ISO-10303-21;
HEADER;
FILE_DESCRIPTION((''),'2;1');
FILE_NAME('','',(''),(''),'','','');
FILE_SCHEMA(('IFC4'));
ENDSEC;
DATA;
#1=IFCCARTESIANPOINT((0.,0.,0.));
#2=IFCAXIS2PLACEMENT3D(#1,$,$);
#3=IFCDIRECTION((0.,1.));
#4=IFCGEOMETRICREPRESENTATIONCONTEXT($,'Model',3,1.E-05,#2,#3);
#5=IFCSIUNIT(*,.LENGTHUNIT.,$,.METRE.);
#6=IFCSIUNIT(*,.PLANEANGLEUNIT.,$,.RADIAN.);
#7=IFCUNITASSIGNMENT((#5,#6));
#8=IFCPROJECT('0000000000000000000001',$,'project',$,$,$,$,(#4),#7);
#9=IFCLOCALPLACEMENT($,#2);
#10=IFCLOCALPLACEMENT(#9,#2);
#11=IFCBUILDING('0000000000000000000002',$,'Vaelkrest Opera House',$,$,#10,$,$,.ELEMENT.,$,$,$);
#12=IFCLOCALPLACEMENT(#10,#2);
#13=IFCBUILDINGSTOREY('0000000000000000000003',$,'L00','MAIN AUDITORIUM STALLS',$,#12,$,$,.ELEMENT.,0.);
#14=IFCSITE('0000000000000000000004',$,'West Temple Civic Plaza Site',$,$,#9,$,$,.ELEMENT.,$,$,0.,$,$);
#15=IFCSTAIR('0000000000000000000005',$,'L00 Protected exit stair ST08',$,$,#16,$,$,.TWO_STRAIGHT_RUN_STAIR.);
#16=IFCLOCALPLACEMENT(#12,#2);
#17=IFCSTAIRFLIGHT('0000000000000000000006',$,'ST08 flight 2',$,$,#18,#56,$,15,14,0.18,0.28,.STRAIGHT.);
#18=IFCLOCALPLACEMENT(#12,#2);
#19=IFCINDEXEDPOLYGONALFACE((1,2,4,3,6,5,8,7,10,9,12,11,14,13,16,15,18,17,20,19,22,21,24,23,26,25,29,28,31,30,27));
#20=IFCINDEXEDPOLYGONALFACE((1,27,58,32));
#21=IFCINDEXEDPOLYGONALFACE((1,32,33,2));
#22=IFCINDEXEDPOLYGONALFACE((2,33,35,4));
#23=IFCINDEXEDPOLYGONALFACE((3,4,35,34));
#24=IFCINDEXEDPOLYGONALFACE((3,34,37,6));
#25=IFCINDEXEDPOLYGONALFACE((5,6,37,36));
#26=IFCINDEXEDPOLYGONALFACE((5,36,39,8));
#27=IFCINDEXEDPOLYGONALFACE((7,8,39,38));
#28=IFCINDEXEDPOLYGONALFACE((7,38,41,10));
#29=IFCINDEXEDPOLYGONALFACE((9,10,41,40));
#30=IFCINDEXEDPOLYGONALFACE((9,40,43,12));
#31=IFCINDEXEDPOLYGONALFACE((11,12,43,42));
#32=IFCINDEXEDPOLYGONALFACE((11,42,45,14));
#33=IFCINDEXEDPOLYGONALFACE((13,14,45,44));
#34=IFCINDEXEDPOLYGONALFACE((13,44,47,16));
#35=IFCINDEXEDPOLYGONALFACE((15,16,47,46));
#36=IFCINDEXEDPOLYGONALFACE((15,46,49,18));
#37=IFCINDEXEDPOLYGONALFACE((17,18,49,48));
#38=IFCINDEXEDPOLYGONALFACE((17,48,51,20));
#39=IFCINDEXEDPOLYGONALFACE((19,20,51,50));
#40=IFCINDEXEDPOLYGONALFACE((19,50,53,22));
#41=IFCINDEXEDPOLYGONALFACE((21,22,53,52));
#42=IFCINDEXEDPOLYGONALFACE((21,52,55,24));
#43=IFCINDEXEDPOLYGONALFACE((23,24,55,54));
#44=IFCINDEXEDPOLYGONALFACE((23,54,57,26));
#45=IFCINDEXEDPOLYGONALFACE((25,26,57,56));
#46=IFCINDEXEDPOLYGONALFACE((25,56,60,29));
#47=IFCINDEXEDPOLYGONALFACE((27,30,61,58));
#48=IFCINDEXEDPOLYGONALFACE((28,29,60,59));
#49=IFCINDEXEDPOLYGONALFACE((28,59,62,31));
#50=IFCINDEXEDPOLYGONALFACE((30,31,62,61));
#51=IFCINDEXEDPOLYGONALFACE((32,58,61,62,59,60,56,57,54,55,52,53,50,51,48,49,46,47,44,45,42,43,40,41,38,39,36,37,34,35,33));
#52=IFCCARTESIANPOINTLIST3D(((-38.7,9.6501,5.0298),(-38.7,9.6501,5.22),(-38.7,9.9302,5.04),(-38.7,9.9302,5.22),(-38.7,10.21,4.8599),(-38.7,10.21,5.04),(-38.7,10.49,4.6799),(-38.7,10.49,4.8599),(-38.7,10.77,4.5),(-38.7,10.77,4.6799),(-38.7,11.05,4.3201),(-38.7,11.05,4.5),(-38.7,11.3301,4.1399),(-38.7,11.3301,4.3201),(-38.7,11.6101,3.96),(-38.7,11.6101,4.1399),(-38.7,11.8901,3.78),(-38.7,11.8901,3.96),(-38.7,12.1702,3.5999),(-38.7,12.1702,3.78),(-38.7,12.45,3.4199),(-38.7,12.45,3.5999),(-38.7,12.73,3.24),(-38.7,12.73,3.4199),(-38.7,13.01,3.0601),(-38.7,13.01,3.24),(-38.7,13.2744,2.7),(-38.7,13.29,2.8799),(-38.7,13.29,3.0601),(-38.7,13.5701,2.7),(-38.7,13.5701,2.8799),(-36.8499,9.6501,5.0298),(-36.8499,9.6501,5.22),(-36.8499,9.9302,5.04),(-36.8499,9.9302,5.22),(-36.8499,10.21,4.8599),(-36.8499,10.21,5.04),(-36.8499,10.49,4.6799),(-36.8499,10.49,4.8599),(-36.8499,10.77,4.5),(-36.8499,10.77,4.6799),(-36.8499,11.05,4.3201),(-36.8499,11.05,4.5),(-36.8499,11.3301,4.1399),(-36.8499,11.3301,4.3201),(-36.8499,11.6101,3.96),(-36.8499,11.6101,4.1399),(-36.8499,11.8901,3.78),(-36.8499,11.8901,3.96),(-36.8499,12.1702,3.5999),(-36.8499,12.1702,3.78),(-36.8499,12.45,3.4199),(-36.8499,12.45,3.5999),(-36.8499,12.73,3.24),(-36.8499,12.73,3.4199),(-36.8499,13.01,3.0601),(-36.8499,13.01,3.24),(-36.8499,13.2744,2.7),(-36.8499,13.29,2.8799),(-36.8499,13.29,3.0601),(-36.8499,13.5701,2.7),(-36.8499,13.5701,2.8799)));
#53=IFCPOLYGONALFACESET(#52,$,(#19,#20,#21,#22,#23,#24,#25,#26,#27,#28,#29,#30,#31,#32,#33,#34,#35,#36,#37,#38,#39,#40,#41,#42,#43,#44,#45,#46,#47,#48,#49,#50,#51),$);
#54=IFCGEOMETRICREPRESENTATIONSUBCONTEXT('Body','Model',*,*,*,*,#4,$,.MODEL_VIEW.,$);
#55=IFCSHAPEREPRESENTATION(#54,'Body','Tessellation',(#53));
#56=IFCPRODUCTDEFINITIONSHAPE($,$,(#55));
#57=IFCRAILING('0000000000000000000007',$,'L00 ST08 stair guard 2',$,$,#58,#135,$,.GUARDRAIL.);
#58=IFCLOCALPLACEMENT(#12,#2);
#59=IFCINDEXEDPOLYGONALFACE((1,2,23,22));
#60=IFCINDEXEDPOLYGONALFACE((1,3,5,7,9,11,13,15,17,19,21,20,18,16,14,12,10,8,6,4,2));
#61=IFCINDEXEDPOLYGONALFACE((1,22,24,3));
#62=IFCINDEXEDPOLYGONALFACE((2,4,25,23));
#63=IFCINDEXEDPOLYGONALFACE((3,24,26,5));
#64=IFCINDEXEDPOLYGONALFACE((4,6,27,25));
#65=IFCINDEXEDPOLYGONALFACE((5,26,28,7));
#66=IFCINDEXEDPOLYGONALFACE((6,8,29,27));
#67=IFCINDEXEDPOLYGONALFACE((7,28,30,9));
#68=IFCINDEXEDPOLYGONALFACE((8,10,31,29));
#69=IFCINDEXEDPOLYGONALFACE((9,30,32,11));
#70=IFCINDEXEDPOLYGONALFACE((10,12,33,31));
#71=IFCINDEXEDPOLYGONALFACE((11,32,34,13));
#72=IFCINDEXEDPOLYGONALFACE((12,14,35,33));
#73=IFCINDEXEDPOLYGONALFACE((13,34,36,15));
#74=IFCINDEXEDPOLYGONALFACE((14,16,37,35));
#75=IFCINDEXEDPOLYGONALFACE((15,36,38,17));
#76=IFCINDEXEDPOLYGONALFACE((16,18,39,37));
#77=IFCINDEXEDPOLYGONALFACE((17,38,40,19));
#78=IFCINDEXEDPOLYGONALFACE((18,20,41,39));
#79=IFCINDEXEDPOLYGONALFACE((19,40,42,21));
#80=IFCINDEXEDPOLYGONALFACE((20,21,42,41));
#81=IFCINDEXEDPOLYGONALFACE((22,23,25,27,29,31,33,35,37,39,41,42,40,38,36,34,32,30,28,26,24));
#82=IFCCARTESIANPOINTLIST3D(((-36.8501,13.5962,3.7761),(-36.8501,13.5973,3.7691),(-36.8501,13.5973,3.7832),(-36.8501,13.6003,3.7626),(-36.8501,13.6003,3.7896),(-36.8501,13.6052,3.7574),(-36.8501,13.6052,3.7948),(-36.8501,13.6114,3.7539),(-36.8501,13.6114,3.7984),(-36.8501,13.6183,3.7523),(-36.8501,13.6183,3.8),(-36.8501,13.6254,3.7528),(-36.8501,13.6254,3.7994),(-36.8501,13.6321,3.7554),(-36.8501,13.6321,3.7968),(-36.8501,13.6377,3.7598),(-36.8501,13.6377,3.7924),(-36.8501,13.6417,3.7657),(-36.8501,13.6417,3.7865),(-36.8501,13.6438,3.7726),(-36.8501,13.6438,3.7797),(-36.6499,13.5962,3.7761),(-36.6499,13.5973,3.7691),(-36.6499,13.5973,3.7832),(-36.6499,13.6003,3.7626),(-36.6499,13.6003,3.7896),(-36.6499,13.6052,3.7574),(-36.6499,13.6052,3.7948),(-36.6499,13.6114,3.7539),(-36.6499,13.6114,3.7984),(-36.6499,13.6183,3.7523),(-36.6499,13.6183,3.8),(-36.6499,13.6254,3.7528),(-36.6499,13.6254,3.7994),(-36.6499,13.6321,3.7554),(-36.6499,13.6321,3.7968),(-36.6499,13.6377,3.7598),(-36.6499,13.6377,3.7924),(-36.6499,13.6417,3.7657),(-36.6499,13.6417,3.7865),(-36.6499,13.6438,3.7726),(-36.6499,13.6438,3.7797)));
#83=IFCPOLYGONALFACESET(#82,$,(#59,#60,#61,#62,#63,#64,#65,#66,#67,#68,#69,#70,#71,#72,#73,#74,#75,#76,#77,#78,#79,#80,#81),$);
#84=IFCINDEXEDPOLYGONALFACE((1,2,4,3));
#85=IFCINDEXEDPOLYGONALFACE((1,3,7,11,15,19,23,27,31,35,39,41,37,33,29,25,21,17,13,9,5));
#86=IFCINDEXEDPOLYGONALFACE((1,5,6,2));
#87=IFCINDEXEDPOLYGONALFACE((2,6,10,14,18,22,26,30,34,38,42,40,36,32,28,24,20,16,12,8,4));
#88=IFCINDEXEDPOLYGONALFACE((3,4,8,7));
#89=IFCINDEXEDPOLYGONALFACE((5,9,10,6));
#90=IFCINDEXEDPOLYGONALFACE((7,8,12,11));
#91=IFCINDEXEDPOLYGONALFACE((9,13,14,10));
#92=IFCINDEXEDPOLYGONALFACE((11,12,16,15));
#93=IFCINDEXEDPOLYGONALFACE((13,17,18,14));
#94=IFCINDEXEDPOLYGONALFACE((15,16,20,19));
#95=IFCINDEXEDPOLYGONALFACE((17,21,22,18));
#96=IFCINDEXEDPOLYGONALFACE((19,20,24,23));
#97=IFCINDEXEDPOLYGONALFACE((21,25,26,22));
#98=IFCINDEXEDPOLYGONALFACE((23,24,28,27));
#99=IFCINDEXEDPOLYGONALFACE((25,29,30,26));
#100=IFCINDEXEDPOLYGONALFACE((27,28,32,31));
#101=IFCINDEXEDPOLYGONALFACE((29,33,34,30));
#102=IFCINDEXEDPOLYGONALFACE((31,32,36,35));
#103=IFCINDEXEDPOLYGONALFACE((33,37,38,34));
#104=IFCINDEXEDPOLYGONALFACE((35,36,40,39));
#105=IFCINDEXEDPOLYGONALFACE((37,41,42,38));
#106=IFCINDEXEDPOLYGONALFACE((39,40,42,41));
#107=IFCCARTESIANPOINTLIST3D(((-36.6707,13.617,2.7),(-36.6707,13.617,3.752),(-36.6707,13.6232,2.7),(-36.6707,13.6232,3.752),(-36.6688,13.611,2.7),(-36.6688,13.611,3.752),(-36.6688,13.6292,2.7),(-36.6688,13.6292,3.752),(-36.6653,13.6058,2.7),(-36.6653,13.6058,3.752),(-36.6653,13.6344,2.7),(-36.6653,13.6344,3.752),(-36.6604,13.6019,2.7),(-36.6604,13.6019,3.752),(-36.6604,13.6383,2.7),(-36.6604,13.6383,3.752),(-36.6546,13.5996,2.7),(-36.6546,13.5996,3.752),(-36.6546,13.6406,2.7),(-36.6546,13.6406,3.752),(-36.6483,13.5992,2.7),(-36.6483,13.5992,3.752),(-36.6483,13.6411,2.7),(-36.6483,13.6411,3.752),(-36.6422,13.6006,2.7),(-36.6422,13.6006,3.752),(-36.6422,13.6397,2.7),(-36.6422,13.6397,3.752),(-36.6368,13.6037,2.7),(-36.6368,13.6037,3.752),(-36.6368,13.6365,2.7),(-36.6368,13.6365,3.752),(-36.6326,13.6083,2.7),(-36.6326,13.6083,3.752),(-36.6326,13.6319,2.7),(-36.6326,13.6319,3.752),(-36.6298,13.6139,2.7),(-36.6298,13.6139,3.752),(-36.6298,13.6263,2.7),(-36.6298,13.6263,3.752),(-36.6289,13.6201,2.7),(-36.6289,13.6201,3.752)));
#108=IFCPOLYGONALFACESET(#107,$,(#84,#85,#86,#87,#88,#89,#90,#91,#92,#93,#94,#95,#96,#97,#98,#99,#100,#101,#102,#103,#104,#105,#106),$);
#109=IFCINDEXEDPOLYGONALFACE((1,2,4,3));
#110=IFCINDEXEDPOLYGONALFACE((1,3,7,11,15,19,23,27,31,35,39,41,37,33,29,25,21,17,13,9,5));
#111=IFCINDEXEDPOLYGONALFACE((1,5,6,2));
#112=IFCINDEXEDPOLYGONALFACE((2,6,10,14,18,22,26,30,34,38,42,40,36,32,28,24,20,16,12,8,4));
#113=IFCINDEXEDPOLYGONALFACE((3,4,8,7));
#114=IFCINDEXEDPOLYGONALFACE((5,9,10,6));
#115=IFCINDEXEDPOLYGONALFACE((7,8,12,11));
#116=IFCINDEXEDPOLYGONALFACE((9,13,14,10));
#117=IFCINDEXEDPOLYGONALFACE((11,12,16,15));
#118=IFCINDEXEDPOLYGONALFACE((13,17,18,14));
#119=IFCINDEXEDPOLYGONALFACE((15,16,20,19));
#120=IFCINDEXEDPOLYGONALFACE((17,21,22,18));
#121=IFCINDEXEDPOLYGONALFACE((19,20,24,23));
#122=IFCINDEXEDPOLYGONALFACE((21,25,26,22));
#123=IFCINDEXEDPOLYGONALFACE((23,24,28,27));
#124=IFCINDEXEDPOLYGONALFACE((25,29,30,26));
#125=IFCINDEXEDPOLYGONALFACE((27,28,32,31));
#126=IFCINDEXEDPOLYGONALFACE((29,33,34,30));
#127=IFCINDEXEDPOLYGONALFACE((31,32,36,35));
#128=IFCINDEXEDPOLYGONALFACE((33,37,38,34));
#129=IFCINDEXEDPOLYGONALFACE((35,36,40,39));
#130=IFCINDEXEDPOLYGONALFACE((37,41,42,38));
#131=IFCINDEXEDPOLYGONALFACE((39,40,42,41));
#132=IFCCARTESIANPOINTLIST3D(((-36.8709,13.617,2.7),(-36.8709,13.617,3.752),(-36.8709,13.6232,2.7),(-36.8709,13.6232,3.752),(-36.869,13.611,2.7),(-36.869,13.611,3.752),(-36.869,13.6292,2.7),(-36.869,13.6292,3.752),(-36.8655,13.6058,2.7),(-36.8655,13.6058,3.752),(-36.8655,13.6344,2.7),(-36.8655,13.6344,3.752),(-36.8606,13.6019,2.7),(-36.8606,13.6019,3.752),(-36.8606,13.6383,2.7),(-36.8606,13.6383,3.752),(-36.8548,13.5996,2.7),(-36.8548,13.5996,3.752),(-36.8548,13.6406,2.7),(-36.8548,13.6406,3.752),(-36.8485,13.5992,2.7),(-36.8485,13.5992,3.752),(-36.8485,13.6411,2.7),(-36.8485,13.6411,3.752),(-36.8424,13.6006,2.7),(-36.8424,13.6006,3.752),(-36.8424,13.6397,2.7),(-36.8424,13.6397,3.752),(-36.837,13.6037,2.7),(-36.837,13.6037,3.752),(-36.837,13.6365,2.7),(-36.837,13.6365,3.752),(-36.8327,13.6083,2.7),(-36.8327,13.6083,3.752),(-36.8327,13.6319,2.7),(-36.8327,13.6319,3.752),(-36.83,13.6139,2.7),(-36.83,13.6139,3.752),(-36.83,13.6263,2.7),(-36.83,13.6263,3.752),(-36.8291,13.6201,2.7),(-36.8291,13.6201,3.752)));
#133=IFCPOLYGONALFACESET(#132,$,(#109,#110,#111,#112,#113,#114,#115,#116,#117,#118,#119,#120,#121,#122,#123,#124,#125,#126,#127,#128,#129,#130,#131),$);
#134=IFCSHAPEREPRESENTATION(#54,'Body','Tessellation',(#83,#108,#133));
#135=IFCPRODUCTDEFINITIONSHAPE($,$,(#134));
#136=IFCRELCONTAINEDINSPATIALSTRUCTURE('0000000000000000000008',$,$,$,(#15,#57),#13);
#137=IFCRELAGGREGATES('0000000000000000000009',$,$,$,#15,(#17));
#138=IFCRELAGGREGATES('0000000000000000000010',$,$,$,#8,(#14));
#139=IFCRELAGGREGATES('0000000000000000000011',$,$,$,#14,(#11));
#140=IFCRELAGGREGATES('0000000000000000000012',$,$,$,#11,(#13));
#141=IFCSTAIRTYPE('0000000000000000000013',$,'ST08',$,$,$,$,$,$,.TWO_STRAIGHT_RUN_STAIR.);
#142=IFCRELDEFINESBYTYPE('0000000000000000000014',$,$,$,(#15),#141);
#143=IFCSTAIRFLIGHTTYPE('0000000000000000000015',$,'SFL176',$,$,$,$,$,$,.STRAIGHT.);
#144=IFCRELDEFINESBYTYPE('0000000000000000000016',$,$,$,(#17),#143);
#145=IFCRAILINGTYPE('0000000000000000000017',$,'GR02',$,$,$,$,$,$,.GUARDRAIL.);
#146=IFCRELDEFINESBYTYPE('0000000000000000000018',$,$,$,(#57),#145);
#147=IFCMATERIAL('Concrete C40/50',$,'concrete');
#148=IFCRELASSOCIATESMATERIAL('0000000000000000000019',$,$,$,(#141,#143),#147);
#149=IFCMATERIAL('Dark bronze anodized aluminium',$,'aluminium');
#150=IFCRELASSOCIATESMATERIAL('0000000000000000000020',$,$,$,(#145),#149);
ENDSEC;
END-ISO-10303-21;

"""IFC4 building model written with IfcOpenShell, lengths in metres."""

from ifc_helpers import new_model, si_unit, direction, frame, origin, origin_2d, place, context, subcontext, project, spatial, polyline, circle, outline, extrude, material, type_object, element, aggregate, save


model = new_model("IFC4")

# Units and contexts
model_context = context("Model", 3, precision=1e-05, world=origin(), true_north=direction((0.0, 1.0)))
body_context = subcontext(model_context, "Body", "Model", "MODEL_VIEW")
ifc_project = project(units=[si_unit("LENGTHUNIT", "METRE"), si_unit("PLANEANGLEUNIT", "RADIAN")], contexts=[model_context])

# Site, building, storey
site_placement = place(None, origin())
site = spatial("IfcSite", under=ifc_project, at=site_placement, Name="West Temple Civic Plaza Site", CompositionType="ELEMENT", RefElevation=0.0)
building_placement = place(site_placement, origin())
building = spatial("IfcBuilding", under=site, at=building_placement, Name="Vaelkrest Opera House", CompositionType="ELEMENT")
storey_placement = place(building_placement, origin())
storey = spatial("IfcBuildingStorey", under=building, at=storey_placement, Name="L00", Description="MAIN AUDITORIUM STALLS", CompositionType="ELEMENT", Elevation=0.0)

# Shared definitions
ifc_material_1 = material(Name="Dark bronze anodized aluminium", Category="aluminium")

# Shared definitions
ifc_material_2 = material(Name="Concrete C40/50", Category="concrete")

# Stair, stair flight
stair_type = type_object("IfcStairType", Name="ST08", PredefinedType="TWO_STRAIGHT_RUN_STAIR", material=ifc_material_2)
stair_placement = place(storey_placement, origin())
stair = element("IfcStair", 1, at=stair_placement, inside=storey, type_object=stair_type, Name="L00 Protected exit stair ST08", PredefinedType="TWO_STRAIGHT_RUN_STAIR")
stair_flight_type = type_object("IfcStairFlightType", Name="SFL176", PredefinedType="STRAIGHT", material=ifc_material_2)
stair_flight_placement = place(storey_placement, frame((-37.7749, 13.5701, 2.7), z_axis=(0.0, 0.0, 1.0), x_axis=(0.0, -1.0, 0.0)))
stair_flight = element("IfcStairFlight", 2, at=stair_flight_placement, type_object=stair_flight_type, Name="ST08 flight 2", NumberOfRisers=15, NumberOfTreads=14, PredefinedType="STRAIGHT", RiserHeight=0.18, TreadLength=0.28, context=body_context, shape_type="SweptSolid", body=[
    extrude(outline(polyline([(0.0, 0.0), (0.0, 0.1799), (0.28, 0.1799), (0.28, 0.3601), (0.5601, 0.3601), (0.5601, 0.54), (0.8401, 0.54), (0.8401, 0.72), (1.1201, 0.72), (1.1201, 0.8999), (1.3999, 0.8999), (1.3999, 1.0801), (1.6799, 1.0801), (1.6799, 1.26), (1.96, 1.26), (1.96, 1.4399), (2.24, 1.4399), (2.24, 1.6201), (2.52, 1.6201), (2.52, 1.8), (2.8, 1.8), (2.8, 1.98), (3.0801, 1.98), (3.0801, 2.1599), (3.3601, 2.1599), (3.3601, 2.3401), (3.6399, 2.3401), (3.6399, 2.52), (3.9199, 2.52), (3.9199, 2.7), (3.9199, 2.3298), (0.2957, 0.0), (0.0, 0.0)])), frame((0.0, 0.925, 0.0), z_axis=(0.0, -1.0, 0.0), x_axis=(1.0, 0.0, 0.0)), (0.0, 0.0, 1.0), 1.8501),
])
aggregate(stair, [stair_flight])

# Railing
railing_type_1 = type_object("IfcRailingType", Name="GR02", PredefinedType="GUARDRAIL", material=ifc_material_1)
railing_1_placement = place(storey_placement, frame((-36.6499, 13.6201, 2.7)))
element("IfcRailing", 3, at=railing_1_placement, inside=storey, type_object=railing_type_1, Name="L00 ST08 stair guard 2", PredefinedType="GUARDRAIL", context=body_context, shape_type="SweptSolid", body=[
    extrude(circle(Radius=0.0239, at=origin_2d()), frame((0.0, 0.0, 1.0762), z_axis=(-1.0, 0.0, 0.0), x_axis=(0.0, -1.0, 0.0)), (0.0, 0.0, 1.0), 0.2002),
    extrude(circle(Radius=0.021, at=origin_2d()), origin(), (0.0, 0.0, 1.0), 1.052),
    extrude(circle(Radius=0.021, at=origin_2d()), frame((-0.2002, 0.0, 0.0)), (0.0, 0.0, 1.0), 1.052),
])

save(model, "model.ifc")
